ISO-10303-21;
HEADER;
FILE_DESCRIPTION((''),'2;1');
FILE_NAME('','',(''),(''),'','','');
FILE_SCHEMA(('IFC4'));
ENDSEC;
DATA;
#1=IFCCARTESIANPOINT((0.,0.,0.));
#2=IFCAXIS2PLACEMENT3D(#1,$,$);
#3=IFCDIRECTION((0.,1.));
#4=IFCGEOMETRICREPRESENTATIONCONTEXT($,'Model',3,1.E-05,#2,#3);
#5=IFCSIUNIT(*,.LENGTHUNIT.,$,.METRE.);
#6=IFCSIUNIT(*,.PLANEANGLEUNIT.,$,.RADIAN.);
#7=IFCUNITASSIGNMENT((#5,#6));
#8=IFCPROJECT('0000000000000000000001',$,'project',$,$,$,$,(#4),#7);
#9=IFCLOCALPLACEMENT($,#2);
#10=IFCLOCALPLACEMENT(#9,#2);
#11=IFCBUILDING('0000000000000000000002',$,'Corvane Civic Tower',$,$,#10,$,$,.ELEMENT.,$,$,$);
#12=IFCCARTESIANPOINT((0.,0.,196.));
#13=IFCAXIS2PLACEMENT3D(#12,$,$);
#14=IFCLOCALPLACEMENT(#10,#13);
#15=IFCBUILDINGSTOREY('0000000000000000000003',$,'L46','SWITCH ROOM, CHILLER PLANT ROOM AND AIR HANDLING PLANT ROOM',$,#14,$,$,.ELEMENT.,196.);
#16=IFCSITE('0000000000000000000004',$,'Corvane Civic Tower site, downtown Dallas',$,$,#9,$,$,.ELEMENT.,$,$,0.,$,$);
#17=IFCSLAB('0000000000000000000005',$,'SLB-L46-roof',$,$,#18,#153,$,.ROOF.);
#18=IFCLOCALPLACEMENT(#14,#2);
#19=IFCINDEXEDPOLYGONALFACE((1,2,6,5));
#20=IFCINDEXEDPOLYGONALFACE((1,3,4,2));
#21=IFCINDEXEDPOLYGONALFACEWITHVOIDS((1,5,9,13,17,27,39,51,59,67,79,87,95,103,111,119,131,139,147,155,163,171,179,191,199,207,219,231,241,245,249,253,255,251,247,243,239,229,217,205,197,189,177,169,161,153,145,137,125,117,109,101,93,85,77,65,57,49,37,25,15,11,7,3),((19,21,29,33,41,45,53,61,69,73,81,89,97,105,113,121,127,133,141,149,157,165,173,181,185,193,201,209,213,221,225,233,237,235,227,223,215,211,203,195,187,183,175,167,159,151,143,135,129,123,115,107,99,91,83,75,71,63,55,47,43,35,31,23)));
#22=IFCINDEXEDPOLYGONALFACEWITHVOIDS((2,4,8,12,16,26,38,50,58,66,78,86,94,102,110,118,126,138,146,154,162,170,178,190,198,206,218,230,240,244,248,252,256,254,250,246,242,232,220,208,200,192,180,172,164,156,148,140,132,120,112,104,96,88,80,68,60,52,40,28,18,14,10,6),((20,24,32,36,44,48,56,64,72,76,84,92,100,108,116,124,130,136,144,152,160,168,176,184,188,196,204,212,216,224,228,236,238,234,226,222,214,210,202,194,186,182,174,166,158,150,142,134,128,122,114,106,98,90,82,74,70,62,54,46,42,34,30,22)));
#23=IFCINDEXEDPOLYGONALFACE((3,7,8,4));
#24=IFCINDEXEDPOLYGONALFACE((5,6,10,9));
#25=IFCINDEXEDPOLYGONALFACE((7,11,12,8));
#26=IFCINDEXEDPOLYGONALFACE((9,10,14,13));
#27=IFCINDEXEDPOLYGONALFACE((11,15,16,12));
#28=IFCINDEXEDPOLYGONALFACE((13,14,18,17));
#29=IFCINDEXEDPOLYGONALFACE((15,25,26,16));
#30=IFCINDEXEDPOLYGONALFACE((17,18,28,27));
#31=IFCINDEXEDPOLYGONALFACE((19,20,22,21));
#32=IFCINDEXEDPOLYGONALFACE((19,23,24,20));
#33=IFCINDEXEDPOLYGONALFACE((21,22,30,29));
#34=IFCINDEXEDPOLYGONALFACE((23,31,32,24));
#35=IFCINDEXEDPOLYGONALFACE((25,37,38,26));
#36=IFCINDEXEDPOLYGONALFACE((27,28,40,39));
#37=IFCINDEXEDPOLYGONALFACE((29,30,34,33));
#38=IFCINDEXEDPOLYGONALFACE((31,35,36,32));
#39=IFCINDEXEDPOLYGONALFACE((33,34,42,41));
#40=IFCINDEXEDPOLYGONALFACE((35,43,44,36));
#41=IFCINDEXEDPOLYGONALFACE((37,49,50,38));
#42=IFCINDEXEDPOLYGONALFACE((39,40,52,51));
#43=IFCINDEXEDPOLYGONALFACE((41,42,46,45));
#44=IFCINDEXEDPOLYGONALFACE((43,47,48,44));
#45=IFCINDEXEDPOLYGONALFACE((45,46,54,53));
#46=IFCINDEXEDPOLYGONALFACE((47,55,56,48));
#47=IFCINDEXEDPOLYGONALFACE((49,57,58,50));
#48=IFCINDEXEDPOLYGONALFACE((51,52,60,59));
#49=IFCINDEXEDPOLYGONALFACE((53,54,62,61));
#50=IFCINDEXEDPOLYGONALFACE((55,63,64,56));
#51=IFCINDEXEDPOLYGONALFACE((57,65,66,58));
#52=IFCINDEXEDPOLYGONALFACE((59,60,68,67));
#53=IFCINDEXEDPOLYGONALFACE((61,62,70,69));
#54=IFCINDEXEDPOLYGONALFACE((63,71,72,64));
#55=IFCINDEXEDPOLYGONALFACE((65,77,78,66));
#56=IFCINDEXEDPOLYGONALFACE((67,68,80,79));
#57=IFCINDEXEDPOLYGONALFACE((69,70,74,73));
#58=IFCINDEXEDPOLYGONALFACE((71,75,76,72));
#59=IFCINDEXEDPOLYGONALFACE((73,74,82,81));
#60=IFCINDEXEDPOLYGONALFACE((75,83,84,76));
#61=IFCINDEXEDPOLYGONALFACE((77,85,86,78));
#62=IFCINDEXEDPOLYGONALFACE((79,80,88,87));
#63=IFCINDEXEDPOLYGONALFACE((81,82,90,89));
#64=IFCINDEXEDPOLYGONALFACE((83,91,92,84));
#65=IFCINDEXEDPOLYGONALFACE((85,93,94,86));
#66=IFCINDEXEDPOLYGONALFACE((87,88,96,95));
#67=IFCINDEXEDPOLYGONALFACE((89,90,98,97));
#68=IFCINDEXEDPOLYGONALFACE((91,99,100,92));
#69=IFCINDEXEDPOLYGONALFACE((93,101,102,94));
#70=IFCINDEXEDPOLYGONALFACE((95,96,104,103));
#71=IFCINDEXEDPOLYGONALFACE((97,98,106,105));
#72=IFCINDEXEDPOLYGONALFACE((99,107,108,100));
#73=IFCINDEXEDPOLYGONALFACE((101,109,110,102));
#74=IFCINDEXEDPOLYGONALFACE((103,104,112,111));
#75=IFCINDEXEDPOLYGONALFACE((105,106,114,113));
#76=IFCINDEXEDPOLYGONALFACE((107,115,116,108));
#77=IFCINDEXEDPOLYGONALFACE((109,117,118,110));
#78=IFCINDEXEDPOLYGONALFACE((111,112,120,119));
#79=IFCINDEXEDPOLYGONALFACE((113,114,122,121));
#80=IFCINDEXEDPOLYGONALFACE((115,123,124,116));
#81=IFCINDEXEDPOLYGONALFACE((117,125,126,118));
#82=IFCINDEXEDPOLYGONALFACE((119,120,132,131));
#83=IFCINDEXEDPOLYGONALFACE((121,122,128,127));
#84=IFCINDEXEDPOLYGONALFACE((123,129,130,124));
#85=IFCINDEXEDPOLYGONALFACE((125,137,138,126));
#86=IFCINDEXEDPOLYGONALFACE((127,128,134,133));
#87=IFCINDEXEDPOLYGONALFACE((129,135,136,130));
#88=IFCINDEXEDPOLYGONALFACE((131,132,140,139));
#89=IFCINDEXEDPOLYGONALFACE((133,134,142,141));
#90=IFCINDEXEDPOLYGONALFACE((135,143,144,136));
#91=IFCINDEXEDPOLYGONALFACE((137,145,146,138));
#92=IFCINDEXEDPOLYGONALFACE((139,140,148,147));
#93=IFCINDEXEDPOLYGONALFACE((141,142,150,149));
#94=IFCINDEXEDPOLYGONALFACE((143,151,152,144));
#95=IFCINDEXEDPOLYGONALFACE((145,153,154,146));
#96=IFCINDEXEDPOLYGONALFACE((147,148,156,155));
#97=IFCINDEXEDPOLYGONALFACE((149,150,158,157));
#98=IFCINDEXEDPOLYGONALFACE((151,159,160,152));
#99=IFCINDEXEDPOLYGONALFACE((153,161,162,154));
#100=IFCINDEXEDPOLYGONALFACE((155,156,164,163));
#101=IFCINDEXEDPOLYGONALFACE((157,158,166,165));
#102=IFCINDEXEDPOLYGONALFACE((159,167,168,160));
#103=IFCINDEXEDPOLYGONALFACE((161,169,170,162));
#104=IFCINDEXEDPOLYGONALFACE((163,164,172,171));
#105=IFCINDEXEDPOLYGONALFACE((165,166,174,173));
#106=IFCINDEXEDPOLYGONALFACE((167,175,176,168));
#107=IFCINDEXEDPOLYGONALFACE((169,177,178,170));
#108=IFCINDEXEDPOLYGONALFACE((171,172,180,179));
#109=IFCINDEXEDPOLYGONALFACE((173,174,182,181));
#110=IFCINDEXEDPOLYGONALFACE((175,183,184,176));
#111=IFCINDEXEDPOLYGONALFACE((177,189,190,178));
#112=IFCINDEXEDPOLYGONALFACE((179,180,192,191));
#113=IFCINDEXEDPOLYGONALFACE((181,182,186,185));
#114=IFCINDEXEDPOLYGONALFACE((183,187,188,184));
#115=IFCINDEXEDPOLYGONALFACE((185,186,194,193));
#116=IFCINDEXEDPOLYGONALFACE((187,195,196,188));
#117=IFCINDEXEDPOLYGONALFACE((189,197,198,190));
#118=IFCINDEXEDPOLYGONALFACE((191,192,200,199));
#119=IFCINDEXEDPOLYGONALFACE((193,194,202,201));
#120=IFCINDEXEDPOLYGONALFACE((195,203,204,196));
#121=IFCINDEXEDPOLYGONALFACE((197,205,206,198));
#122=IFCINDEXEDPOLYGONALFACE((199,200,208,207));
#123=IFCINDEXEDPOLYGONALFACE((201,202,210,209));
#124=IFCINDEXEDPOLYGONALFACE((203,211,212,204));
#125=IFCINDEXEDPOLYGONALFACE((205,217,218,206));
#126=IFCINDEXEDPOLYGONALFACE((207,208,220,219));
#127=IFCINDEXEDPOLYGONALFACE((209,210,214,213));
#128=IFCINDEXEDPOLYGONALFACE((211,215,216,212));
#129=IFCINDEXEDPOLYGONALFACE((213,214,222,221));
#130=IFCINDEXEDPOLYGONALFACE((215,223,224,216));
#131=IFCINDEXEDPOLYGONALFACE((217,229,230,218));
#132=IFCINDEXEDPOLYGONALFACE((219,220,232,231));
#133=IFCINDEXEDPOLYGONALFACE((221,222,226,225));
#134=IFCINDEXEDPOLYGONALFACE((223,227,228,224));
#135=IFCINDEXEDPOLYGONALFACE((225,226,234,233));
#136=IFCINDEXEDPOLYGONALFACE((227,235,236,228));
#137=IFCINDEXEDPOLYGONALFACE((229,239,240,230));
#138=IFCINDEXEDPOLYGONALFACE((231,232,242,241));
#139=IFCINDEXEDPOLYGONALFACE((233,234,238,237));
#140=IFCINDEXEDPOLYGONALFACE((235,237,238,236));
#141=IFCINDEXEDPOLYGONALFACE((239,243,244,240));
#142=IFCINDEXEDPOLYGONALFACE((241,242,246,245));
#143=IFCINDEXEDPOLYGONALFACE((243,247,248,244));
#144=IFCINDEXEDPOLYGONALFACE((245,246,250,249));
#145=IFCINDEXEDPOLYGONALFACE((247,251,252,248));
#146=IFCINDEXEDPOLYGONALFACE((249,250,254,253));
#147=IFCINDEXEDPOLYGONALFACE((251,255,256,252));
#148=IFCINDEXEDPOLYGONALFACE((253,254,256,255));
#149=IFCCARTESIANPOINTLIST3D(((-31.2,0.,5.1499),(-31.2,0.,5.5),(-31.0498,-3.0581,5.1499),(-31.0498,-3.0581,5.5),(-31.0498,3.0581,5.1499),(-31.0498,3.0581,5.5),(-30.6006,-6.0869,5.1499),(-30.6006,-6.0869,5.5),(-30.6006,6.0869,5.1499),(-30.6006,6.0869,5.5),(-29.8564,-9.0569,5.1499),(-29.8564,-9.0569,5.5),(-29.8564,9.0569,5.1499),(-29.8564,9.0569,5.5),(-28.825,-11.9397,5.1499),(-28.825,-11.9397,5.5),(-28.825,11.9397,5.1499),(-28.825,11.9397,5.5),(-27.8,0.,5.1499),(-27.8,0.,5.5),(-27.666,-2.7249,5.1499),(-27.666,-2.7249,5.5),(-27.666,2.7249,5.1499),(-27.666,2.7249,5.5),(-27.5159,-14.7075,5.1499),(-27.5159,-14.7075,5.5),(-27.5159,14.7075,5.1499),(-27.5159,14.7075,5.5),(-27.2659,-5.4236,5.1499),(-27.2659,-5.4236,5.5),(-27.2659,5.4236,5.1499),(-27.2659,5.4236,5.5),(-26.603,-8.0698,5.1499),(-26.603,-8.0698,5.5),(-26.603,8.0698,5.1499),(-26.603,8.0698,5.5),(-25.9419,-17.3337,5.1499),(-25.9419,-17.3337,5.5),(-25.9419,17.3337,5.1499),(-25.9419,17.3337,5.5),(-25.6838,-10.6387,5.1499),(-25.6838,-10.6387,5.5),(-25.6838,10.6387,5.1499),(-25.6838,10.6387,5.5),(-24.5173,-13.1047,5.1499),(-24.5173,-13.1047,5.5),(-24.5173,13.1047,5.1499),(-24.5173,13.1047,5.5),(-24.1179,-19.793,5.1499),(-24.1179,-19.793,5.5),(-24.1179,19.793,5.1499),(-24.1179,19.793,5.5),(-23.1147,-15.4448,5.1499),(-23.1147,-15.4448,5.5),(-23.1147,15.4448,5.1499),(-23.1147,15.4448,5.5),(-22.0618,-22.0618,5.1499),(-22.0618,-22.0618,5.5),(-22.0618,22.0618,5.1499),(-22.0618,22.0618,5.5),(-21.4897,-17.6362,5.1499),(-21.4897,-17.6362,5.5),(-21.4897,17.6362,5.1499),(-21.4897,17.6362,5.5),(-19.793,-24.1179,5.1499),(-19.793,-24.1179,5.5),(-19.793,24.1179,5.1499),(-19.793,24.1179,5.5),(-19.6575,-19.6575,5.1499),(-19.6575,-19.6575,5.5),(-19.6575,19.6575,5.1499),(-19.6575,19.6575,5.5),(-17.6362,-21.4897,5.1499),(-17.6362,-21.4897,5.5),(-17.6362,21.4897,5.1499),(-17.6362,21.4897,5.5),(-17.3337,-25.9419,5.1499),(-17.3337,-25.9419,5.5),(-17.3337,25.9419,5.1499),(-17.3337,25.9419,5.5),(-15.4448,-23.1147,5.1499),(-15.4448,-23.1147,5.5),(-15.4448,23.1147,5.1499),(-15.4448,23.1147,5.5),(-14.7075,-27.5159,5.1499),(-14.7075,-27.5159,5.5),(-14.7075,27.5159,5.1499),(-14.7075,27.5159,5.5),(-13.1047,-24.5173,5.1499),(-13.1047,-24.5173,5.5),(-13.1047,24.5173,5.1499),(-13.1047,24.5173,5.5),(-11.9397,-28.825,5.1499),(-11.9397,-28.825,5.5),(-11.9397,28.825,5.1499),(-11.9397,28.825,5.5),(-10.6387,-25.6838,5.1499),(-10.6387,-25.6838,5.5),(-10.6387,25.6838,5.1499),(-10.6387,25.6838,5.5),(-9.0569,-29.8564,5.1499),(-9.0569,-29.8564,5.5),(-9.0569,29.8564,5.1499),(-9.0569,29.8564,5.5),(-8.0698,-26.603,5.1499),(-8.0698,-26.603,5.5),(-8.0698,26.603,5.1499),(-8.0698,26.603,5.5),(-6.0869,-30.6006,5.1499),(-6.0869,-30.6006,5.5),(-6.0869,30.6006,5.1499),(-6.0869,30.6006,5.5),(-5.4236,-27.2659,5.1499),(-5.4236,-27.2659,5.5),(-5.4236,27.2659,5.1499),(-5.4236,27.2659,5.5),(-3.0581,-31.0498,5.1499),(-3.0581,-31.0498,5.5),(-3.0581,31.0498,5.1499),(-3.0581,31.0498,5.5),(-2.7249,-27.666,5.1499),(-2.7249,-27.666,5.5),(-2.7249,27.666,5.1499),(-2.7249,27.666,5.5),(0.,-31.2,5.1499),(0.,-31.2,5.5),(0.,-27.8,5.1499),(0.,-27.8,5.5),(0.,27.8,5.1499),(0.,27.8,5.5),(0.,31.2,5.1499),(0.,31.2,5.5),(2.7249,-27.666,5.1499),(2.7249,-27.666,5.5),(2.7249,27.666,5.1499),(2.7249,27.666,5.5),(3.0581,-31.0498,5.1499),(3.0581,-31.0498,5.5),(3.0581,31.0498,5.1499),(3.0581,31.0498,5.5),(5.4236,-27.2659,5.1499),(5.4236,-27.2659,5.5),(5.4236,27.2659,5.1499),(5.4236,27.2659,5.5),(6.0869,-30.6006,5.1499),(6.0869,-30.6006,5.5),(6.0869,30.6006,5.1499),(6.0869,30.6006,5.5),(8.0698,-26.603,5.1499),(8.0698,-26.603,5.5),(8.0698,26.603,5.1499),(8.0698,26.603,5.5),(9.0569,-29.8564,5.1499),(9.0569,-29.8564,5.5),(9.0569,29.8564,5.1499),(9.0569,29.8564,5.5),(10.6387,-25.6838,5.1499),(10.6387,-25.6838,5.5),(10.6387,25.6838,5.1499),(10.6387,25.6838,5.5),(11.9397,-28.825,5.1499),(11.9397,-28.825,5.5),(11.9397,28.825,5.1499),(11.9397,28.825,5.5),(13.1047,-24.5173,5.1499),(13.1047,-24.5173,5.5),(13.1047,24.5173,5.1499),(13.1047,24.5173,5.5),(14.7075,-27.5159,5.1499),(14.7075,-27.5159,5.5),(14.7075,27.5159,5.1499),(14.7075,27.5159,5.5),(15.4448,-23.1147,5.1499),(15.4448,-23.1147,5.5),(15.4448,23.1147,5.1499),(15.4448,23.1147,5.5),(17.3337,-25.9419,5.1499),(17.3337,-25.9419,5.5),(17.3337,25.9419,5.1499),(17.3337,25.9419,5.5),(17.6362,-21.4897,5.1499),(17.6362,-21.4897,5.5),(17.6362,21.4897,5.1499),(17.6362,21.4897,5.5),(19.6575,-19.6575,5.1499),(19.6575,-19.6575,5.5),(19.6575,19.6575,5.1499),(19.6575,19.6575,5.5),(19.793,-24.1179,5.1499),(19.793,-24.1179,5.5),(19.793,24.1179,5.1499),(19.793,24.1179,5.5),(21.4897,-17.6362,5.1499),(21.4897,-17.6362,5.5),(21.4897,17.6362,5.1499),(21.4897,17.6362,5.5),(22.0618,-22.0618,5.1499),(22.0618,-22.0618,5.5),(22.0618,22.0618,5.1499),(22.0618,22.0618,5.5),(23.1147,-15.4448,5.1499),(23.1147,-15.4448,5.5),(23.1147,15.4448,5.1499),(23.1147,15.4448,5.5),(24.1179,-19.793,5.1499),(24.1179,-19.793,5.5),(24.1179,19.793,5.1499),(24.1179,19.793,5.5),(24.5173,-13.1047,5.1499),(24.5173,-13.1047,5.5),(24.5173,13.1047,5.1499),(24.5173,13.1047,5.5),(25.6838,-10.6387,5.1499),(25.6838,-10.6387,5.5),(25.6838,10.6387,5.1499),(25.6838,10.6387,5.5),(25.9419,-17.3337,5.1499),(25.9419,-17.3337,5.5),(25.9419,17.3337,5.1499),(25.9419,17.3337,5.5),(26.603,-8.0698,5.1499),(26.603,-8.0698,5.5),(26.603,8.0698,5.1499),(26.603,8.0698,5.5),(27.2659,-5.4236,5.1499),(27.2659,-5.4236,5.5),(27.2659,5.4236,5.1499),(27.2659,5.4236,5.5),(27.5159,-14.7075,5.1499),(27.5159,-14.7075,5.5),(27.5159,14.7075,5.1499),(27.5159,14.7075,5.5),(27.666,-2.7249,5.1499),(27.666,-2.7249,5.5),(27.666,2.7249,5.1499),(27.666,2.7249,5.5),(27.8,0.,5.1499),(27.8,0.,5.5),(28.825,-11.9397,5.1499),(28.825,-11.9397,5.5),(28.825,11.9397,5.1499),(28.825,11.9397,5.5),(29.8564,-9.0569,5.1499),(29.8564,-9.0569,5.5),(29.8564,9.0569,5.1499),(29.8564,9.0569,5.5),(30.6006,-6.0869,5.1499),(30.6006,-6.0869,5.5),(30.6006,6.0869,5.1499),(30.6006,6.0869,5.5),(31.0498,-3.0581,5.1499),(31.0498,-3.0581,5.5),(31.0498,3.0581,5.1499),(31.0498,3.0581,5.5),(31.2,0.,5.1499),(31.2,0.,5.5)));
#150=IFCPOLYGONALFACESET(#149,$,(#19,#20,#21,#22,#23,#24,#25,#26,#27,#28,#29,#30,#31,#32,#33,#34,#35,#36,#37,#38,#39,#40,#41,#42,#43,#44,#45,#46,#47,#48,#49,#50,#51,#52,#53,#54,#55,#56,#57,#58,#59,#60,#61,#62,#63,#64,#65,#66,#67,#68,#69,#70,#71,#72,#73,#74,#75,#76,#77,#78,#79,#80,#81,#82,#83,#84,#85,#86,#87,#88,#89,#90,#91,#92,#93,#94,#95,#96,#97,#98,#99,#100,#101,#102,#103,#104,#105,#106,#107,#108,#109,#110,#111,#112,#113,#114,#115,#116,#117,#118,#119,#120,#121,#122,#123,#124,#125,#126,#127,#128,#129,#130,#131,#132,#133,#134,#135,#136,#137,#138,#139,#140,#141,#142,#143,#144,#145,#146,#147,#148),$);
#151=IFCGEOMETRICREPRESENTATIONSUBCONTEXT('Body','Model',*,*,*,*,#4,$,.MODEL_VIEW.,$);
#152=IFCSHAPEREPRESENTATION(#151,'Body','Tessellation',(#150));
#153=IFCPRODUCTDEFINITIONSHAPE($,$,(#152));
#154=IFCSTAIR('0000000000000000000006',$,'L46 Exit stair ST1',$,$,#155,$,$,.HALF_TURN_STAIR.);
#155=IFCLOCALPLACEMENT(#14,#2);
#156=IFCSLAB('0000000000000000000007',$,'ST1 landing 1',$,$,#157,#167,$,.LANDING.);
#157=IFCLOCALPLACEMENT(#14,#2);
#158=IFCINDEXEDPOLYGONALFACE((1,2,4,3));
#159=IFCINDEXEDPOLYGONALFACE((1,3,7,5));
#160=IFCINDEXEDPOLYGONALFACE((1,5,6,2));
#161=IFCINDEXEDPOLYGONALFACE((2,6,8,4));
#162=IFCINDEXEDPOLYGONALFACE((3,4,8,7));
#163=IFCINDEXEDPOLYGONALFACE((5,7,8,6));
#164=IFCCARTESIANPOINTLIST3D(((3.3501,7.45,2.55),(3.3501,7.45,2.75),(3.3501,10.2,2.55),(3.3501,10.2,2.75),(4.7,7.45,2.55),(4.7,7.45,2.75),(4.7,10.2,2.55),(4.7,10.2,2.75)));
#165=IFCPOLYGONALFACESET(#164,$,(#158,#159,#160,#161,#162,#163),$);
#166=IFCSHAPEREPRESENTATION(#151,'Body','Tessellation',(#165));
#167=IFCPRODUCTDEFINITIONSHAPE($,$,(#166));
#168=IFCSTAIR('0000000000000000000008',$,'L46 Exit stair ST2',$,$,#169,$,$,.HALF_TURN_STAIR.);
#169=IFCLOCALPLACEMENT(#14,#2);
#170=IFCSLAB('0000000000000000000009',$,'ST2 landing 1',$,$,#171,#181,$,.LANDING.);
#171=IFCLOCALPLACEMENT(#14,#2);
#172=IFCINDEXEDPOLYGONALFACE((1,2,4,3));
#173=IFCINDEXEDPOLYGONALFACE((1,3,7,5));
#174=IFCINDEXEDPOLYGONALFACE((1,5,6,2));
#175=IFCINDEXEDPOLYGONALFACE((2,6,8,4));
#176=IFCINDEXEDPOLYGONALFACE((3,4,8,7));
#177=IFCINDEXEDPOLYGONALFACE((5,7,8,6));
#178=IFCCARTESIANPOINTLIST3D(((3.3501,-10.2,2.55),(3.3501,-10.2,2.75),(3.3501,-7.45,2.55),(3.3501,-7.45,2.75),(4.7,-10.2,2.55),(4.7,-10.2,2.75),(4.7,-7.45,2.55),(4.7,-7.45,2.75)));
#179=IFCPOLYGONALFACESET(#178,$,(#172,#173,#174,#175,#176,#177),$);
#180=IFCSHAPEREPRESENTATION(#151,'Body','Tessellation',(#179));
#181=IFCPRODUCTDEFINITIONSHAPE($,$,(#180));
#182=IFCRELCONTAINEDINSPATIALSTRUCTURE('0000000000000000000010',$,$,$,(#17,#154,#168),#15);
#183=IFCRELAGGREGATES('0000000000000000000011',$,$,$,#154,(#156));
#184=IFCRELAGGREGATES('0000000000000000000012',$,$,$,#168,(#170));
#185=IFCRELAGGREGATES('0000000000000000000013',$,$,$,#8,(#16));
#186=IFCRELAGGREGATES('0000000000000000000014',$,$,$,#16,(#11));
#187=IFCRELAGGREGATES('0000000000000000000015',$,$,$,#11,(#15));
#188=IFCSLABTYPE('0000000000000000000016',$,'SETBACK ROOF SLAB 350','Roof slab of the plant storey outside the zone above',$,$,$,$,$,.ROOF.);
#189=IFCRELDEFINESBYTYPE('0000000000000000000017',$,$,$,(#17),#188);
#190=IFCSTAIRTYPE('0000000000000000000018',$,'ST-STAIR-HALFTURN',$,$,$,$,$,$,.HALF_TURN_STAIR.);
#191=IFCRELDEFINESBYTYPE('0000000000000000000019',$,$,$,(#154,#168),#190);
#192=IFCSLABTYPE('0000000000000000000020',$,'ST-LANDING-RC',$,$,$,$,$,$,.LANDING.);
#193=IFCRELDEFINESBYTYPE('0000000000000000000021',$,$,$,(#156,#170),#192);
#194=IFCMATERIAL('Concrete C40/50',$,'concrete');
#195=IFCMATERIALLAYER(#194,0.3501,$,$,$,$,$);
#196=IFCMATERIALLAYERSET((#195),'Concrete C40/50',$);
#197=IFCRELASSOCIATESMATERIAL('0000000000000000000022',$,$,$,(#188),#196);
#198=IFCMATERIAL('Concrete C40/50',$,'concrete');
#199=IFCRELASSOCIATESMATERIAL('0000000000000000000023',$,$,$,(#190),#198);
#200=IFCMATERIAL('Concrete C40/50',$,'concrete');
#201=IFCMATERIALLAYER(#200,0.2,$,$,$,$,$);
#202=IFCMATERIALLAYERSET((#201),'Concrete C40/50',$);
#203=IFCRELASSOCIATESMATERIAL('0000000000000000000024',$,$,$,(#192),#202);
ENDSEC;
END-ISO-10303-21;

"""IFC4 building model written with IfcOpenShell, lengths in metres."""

from ifc_helpers import new_model, si_unit, direction, frame, origin, place, context, subcontext, project, spatial, polyline, outline, extrude, material, layer, layer_set, type_object, element, aggregate, save


model = new_model("IFC4")

# Units and contexts
model_context = context("Model", 3, precision=1e-05, world=origin(), true_north=direction((0.0, 1.0)))
body_context = subcontext(model_context, "Body", "Model", "MODEL_VIEW")
ifc_project = project(units=[si_unit("LENGTHUNIT", "METRE"), si_unit("PLANEANGLEUNIT", "RADIAN")], contexts=[model_context])

# Site, building, storey
site_placement = place(None, origin())
site = spatial("IfcSite", under=ifc_project, at=site_placement, Name="Corvane Civic Tower site, downtown Dallas", CompositionType="ELEMENT", RefElevation=0.0)
building_placement = place(site_placement, origin())
building = spatial("IfcBuilding", under=site, at=building_placement, Name="Corvane Civic Tower", CompositionType="ELEMENT")
storey_placement = place(building_placement, frame((0.0, 0.0, 196.0)))
storey = spatial("IfcBuildingStorey", under=building, at=storey_placement, Name="L46", Description="SWITCH ROOM, CHILLER PLANT ROOM AND AIR HANDLING PLANT ROOM", CompositionType="ELEMENT", Elevation=196.0)

# Slab
ifc_material_1 = material(Name="Concrete C40/50", Category="concrete")
ifc_layer_1 = layer(ifc_material_1, 0.3501)
ifc_layer_set_1 = layer_set([ifc_layer_1], Name="Concrete C40/50")
slab_type_1 = type_object("IfcSlabType", Name="SETBACK ROOF SLAB 350", Description="Roof slab of the plant storey outside the zone above", PredefinedType="ROOF", material=ifc_layer_set_1)
slab_1_placement = place(storey_placement, frame((0.0, 0.0, 5.1499)))
element("IfcSlab", 1, at=slab_1_placement, inside=storey, type_object=slab_type_1, Name="SLB-L46-roof", PredefinedType="ROOF", context=body_context, shape_type="SweptSolid", body=[
    extrude(outline(polyline([(0.0, 31.2), (-3.0581, 31.0498), (-6.0869, 30.6006), (-9.0569, 29.8564), (-11.9397, 28.825), (-14.7075, 27.5159), (-17.3337, 25.9419), (-19.793, 24.1179), (-22.0618, 22.0618), (-24.1179, 19.793), (-25.9419, 17.3337), (-27.5159, 14.7075), (-28.825, 11.9397), (-29.8564, 9.0569), (-30.6006, 6.0869), (-31.0498, 3.0581), (-31.2, 0.0), (-31.0498, -3.0581), (-30.6006, -6.0869), (-29.8564, -9.0569), (-28.825, -11.9397), (-27.5159, -14.7075), (-25.9419, -17.3337), (-24.1179, -19.793), (-22.0618, -22.0618), (-19.793, -24.1179), (-17.3337, -25.9419), (-14.7075, -27.5159), (-11.9397, -28.825), (-9.0569, -29.8564), (-6.0869, -30.6006), (-3.0581, -31.0498), (0.0, -31.2), (3.0581, -31.0498), (6.0869, -30.6006), (9.0569, -29.8564), (11.9397, -28.825), (14.7075, -27.5159), (17.3337, -25.9419), (19.793, -24.1179), (22.0618, -22.0618), (24.1179, -19.793), (25.9419, -17.3337), (27.5159, -14.7075), (28.825, -11.9397), (29.8564, -9.0569), (30.6006, -6.0869), (31.0498, -3.0581), (31.2, 0.0), (31.0498, 3.0581), (30.6006, 6.0869), (29.8564, 9.0569), (28.825, 11.9397), (27.5159, 14.7075), (25.9419, 17.3337), (24.1179, 19.793), (22.0618, 22.0618), (19.793, 24.1179), (17.3337, 25.9419), (14.7075, 27.5159), (11.9397, 28.825), (9.0569, 29.8564), (6.0869, 30.6006), (3.0581, 31.0498), (0.0, 31.2)]), holes=[polyline([(0.0, 27.8), (-2.7249, 27.666), (-5.4236, 27.2659), (-8.0698, 26.603), (-10.6387, 25.6838), (-13.1047, 24.5173), (-15.4448, 23.1147), (-17.6362, 21.4897), (-19.6575, 19.6575), (-21.4897, 17.6362), (-23.1147, 15.4448), (-24.5173, 13.1047), (-25.6838, 10.6387), (-26.603, 8.0698), (-27.2659, 5.4236), (-27.666, 2.7249), (-27.8, 0.0), (-27.666, -2.7249), (-27.2659, -5.4236), (-26.603, -8.0698), (-25.6838, -10.6387), (-24.5173, -13.1047), (-23.1147, -15.4448), (-21.4897, -17.6362), (-19.6575, -19.6575), (-17.6362, -21.4897), (-15.4448, -23.1147), (-13.1047, -24.5173), (-10.6387, -25.6838), (-8.0698, -26.603), (-5.4236, -27.2659), (-2.7249, -27.666), (0.0, -27.8), (2.7249, -27.666), (5.4236, -27.2659), (8.0698, -26.603), (10.6387, -25.6838), (13.1047, -24.5173), (15.4448, -23.1147), (17.6362, -21.4897), (19.6575, -19.6575), (21.4897, -17.6362), (23.1147, -15.4448), (24.5173, -13.1047), (25.6838, -10.6387), (26.603, -8.0698), (27.2659, -5.4236), (27.666, -2.7249), (27.8, 0.0), (27.666, 2.7249), (27.2659, 5.4236), (26.603, 8.0698), (25.6838, 10.6387), (24.5173, 13.1047), (23.1147, 15.4448), (21.4897, 17.6362), (19.6575, 19.6575), (17.6362, 21.4897), (15.4448, 23.1147), (13.1047, 24.5173), (10.6387, 25.6838), (8.0698, 26.603), (5.4236, 27.2659), (2.7249, 27.666), (0.0, 27.8)])]), origin(), (0.0, 0.0, 1.0), 0.3501),
])

# Stairs, slabs
ifc_material_2 = material(Name="Concrete C40/50", Category="concrete")
stair_type = type_object("IfcStairType", Name="ST-STAIR-HALFTURN", PredefinedType="HALF_TURN_STAIR", material=ifc_material_2)
stair_1_placement = place(storey_placement, origin())
stair_1 = element("IfcStair", 2, at=stair_1_placement, inside=storey, type_object=stair_type, Name="L46 Exit stair ST1", PredefinedType="HALF_TURN_STAIR")
ifc_material_3 = material(Name="Concrete C40/50", Category="concrete")
ifc_layer_2 = layer(ifc_material_3, 0.2)
ifc_layer_set_2 = layer_set([ifc_layer_2], Name="Concrete C40/50")
slab_type_2 = type_object("IfcSlabType", Name="ST-LANDING-RC", PredefinedType="LANDING", material=ifc_layer_set_2)
slab_2_placement = place(storey_placement, frame((0.0, 0.0, 2.55)))
slab_2 = element("IfcSlab", 3, at=slab_2_placement, type_object=slab_type_2, Name="ST1 landing 1", PredefinedType="LANDING", context=body_context, shape_type="SweptSolid", body=[
    extrude(outline(polyline([(4.7, 10.2), (3.3501, 10.2), (3.3501, 7.45), (4.7, 7.45), (4.7, 10.2)])), origin(), (0.0, 0.0, 1.0), 0.2),
])
aggregate(stair_1, [slab_2])
stair_2_placement = place(storey_placement, origin())
stair_2 = element("IfcStair", 4, at=stair_2_placement, inside=storey, type_object=stair_type, Name="L46 Exit stair ST2", PredefinedType="HALF_TURN_STAIR")
slab_3_placement = place(storey_placement, frame((0.0, 0.0, 2.55)))
slab_3 = element("IfcSlab", 5, at=slab_3_placement, type_object=slab_type_2, Name="ST2 landing 1", PredefinedType="LANDING", context=body_context, shape_type="SweptSolid", body=[
    extrude(outline(polyline([(4.7, -7.45), (3.3501, -7.45), (3.3501, -10.2), (4.7, -10.2), (4.7, -7.45)])), origin(), (0.0, 0.0, 1.0), 0.2),
])

aggregate(stair_2, [slab_3])

save(model, "model.ifc")
